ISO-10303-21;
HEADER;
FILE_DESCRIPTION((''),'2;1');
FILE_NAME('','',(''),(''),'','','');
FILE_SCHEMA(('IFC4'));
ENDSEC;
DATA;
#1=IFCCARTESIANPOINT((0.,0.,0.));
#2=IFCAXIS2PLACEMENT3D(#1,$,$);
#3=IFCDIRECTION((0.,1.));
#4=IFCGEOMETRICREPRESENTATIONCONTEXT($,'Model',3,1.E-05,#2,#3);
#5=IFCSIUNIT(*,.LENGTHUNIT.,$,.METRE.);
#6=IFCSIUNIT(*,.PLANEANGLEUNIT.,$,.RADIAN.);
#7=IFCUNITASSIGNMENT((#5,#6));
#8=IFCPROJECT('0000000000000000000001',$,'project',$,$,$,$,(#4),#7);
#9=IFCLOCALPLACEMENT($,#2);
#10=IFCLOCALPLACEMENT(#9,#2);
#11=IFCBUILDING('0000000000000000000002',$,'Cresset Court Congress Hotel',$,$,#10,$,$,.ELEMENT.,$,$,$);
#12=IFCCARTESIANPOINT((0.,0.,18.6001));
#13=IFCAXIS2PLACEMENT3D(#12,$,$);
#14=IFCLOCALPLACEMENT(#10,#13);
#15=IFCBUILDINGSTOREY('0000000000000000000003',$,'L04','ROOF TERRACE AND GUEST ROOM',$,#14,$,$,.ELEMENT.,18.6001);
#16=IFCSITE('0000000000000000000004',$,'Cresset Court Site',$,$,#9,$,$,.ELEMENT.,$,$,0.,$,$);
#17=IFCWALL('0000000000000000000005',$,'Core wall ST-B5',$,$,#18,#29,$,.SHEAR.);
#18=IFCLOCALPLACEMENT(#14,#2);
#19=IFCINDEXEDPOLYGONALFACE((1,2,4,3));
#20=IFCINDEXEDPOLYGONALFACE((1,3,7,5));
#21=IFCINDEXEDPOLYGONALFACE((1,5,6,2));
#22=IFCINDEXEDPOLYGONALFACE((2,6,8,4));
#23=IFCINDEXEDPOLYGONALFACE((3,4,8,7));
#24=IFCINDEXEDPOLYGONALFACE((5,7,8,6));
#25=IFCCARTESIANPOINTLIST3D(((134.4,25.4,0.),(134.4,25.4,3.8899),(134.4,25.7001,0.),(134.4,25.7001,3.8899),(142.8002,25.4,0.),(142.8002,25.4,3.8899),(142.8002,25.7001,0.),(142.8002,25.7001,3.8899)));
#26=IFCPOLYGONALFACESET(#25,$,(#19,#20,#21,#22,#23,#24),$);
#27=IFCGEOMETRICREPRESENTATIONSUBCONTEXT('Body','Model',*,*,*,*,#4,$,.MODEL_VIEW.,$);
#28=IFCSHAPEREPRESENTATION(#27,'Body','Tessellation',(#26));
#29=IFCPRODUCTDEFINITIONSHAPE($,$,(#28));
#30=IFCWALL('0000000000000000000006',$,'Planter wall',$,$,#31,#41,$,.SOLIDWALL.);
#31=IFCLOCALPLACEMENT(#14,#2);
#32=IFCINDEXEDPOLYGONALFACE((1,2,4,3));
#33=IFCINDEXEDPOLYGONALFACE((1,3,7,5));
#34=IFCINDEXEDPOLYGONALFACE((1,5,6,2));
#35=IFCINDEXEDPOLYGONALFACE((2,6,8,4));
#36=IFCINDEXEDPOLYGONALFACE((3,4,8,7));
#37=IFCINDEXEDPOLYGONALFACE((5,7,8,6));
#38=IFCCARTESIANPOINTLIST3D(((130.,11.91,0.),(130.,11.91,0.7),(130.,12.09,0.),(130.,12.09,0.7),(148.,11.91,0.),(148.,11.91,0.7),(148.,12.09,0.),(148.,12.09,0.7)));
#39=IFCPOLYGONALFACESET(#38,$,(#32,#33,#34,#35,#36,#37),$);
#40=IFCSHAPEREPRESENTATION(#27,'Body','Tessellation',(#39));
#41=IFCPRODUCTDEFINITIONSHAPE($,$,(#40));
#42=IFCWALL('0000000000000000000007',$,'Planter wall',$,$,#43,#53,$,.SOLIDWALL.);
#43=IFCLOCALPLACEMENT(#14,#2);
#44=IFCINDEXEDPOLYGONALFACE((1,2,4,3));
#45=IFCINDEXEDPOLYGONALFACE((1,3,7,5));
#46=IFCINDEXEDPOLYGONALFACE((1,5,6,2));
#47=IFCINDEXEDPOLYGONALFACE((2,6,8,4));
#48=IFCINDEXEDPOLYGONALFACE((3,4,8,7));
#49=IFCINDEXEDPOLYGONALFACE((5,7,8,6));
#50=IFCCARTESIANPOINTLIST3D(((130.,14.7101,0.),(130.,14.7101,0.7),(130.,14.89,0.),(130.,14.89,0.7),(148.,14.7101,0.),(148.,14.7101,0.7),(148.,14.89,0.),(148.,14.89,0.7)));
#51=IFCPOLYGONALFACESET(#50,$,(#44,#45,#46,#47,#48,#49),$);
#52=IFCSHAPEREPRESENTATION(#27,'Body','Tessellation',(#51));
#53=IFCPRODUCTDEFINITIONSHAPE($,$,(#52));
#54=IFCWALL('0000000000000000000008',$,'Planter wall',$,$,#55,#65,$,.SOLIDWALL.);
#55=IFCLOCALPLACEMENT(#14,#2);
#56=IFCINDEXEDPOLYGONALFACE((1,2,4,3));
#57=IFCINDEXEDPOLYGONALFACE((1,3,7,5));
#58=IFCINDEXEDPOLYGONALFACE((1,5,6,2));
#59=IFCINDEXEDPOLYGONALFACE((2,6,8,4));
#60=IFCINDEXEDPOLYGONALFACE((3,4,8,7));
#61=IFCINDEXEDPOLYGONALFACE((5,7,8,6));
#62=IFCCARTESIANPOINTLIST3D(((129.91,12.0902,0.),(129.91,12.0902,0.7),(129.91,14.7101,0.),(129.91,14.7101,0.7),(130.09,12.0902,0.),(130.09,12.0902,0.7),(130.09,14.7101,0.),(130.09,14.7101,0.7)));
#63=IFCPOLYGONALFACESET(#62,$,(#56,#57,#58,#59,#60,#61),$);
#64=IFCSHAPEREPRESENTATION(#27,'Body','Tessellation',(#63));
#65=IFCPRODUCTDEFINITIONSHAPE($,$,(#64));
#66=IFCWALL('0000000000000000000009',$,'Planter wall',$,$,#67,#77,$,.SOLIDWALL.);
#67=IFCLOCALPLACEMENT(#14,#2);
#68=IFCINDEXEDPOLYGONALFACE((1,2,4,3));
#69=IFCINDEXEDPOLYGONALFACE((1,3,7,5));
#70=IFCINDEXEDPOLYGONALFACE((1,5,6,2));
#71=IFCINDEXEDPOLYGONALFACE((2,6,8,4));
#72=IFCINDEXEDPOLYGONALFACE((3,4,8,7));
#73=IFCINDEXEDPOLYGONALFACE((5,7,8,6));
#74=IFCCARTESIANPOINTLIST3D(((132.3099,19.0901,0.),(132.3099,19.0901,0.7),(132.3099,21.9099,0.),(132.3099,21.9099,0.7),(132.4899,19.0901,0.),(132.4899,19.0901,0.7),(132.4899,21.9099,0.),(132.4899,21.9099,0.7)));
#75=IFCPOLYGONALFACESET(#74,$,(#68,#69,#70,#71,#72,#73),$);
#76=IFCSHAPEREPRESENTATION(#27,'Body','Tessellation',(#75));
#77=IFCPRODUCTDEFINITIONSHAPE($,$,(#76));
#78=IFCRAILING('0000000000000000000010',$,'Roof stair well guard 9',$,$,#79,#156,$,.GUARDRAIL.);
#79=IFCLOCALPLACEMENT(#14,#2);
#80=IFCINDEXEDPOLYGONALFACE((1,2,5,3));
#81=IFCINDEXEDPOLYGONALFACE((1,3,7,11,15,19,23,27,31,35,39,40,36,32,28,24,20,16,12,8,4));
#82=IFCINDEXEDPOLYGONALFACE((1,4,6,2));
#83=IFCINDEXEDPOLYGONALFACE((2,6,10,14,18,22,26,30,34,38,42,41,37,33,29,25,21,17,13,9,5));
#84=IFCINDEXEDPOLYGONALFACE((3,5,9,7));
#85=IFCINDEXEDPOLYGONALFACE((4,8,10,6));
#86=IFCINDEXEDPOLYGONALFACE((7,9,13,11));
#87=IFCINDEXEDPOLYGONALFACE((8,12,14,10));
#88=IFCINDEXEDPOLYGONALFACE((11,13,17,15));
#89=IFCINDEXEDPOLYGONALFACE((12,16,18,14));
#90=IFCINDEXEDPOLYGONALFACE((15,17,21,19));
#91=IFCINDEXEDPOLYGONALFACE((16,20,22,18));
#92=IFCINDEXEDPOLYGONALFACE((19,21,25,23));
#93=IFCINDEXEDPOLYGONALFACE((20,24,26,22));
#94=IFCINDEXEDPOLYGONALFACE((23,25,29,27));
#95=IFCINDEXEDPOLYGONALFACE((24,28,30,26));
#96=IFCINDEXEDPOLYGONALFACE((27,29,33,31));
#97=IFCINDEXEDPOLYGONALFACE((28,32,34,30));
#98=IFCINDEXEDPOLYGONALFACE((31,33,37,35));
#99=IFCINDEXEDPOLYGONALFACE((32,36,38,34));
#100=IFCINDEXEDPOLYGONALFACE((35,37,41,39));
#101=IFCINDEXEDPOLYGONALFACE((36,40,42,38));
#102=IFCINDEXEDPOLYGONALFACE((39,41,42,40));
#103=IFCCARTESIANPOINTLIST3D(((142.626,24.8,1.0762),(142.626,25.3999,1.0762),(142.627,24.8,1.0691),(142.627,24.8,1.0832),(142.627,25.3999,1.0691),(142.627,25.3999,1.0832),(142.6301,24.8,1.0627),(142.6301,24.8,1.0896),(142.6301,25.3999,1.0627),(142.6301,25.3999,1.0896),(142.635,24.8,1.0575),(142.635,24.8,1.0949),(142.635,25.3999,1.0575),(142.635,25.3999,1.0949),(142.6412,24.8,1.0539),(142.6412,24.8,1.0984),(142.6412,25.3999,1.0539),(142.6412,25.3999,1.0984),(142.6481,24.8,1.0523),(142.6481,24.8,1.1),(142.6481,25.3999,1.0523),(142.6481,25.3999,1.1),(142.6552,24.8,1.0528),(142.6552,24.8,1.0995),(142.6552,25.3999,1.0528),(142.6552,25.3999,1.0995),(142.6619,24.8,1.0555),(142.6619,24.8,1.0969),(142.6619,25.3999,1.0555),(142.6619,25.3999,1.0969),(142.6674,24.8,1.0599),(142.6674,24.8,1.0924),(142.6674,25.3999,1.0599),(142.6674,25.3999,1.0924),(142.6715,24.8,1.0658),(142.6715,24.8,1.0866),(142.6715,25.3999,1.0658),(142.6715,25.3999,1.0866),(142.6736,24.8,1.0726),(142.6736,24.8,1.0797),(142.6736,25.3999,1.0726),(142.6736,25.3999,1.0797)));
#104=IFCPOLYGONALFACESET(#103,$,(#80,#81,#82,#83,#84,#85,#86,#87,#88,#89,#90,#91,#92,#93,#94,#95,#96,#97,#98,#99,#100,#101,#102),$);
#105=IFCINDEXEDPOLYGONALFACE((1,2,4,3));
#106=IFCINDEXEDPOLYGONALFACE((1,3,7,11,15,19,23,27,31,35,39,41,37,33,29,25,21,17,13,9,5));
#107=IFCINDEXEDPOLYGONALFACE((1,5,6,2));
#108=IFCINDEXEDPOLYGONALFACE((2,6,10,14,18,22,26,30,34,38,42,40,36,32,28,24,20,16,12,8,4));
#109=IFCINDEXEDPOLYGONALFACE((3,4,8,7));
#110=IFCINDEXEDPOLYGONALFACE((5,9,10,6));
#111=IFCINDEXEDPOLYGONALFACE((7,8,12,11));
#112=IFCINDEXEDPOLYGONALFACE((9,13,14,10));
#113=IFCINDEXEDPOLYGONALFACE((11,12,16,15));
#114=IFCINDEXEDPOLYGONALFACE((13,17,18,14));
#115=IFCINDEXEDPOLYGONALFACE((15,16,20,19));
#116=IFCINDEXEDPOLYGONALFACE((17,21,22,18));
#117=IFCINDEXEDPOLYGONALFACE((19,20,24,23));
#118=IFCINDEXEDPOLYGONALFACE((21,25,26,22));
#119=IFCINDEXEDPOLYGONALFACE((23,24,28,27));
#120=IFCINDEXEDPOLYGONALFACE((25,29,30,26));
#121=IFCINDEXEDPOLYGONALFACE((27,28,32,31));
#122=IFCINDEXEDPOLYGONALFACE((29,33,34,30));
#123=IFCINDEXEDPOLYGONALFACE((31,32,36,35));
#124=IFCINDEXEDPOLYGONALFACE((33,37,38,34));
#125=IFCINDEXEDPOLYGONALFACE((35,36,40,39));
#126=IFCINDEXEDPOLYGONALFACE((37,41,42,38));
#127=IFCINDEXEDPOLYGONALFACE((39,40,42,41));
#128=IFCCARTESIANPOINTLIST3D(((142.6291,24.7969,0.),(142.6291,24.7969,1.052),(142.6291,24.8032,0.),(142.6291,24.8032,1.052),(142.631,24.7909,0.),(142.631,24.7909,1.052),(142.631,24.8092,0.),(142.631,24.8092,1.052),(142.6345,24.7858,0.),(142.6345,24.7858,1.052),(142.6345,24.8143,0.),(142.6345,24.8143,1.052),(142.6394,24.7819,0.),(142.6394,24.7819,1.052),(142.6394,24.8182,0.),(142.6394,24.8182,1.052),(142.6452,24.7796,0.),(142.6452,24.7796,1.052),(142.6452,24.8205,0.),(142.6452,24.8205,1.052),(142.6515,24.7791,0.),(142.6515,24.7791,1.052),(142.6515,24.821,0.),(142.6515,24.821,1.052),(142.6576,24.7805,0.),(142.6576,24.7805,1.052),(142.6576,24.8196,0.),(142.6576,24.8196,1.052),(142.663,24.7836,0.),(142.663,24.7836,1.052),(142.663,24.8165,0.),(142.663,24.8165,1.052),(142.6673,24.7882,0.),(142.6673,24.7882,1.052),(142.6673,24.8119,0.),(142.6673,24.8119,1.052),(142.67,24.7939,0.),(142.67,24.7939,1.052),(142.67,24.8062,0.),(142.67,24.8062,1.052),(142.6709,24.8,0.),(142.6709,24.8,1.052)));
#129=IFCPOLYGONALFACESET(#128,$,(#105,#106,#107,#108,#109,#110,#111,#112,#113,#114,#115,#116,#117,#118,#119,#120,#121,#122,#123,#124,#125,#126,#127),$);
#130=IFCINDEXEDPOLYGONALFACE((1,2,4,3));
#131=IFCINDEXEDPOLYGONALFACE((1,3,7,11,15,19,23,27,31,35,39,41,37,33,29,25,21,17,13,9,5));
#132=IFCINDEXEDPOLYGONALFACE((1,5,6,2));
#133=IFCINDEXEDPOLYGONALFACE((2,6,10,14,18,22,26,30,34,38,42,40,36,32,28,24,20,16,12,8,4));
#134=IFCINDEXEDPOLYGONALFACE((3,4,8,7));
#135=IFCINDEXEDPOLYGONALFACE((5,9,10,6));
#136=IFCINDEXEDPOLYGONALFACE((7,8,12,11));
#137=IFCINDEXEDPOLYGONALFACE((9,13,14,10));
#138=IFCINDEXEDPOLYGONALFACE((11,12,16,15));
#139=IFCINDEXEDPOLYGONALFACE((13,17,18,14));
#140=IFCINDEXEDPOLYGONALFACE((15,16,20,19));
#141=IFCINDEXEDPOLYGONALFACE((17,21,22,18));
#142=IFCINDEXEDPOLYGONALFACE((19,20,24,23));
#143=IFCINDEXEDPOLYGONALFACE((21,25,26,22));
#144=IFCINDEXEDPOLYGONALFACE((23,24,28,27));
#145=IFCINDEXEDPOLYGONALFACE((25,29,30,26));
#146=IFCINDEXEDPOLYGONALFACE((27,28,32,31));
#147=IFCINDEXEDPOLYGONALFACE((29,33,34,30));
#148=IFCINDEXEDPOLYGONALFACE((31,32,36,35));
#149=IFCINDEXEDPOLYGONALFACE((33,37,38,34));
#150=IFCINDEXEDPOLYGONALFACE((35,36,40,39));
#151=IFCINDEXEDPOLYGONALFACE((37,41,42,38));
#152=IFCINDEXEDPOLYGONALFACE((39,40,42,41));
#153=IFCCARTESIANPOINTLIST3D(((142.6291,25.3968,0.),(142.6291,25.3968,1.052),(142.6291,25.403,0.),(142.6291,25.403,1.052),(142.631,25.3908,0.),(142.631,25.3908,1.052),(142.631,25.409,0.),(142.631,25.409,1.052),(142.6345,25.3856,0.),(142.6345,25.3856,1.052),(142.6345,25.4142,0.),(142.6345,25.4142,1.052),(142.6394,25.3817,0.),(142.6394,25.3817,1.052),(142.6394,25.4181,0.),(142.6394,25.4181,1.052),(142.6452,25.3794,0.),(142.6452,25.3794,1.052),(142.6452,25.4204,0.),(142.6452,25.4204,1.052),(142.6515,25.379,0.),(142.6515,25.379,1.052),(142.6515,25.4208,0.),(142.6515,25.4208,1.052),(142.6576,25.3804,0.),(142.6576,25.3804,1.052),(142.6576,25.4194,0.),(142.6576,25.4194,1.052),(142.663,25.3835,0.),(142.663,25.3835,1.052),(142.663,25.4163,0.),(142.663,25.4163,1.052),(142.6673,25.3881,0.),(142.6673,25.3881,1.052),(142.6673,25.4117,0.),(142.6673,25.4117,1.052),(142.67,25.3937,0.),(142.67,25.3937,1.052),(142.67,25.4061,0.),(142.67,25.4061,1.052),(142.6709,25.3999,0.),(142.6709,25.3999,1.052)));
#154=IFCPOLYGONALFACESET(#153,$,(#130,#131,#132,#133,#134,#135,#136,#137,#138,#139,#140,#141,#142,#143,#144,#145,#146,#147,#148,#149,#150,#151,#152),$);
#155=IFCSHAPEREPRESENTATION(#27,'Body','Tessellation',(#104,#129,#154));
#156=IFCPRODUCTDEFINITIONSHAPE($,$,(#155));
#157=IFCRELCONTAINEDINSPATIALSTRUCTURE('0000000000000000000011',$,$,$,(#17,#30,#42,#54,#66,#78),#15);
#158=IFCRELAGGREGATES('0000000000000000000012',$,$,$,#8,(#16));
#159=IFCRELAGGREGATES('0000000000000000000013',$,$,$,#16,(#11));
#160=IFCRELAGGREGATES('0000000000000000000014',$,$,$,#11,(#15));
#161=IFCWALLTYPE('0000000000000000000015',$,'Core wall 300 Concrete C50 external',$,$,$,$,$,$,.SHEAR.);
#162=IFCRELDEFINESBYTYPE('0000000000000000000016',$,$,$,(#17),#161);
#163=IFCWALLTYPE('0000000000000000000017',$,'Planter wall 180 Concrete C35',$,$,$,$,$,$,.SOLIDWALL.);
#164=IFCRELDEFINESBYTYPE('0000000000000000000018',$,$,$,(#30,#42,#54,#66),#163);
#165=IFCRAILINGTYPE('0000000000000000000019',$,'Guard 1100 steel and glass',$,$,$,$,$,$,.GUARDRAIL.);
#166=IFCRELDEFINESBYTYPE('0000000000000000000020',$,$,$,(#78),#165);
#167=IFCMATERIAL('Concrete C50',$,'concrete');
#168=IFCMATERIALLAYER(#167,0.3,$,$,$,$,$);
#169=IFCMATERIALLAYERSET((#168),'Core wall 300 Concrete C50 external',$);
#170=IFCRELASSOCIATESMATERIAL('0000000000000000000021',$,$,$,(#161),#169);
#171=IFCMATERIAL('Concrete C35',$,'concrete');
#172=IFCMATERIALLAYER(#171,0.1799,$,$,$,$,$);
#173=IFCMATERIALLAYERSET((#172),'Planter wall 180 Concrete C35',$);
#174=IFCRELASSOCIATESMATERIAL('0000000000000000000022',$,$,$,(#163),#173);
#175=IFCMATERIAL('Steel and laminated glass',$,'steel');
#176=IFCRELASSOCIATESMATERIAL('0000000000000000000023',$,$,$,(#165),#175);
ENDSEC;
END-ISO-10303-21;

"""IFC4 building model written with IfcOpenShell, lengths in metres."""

from ifc_helpers import new_model, si_unit, direction, frame, frame_2d, origin, origin_2d, place, context, subcontext, project, spatial, rectangle, circle, extrude, material, layer, layer_set, type_object, element, save


model = new_model("IFC4")

# Units and contexts
model_context = context("Model", 3, precision=1e-05, world=origin(), true_north=direction((0.0, 1.0)))
body_context = subcontext(model_context, "Body", "Model", "MODEL_VIEW")
ifc_project = project(units=[si_unit("LENGTHUNIT", "METRE"), si_unit("PLANEANGLEUNIT", "RADIAN")], contexts=[model_context])

# Site, building, storey
site_placement = place(None, origin())
site = spatial("IfcSite", under=ifc_project, at=site_placement, Name="Cresset Court Site", CompositionType="ELEMENT", RefElevation=0.0)
building_placement = place(site_placement, origin())
building = spatial("IfcBuilding", under=site, at=building_placement, Name="Cresset Court Congress Hotel", CompositionType="ELEMENT")
storey_placement = place(building_placement, frame((0.0, 0.0, 18.6001)))
storey = spatial("IfcBuildingStorey", under=building, at=storey_placement, Name="L04", Description="ROOF TERRACE AND GUEST ROOM", CompositionType="ELEMENT", Elevation=18.6001)

# Walls
ifc_material_1 = material(Name="Concrete C50", Category="concrete")
ifc_layer_1 = layer(ifc_material_1, 0.3)
ifc_layer_set_1 = layer_set([ifc_layer_1], Name="Core wall 300 Concrete C50 external")
wall_type_1 = type_object("IfcWallType", Name="Core wall 300 Concrete C50 external", PredefinedType="SHEAR", material=ifc_layer_set_1)
wall_1_placement = place(storey_placement, frame((134.3999, 25.55, 0.0), z_axis=(0.0, 0.0, 1.0), x_axis=(1.0, 0.0, 0.0)))
element("IfcWall", 1, at=wall_1_placement, inside=storey, type_object=wall_type_1, Name="Core wall ST-B5", PredefinedType="SHEAR", context=body_context, shape_type="SweptSolid", body=[
    extrude(rectangle(XDim=8.4001, YDim=0.3, at=frame_2d((4.2002, 0.0))), origin(), (0.0, 0.0, 1.0), 3.8899),
])
ifc_material_2 = material(Name="Concrete C35", Category="concrete")
ifc_layer_2 = layer(ifc_material_2, 0.1799)
ifc_layer_set_2 = layer_set([ifc_layer_2], Name="Planter wall 180 Concrete C35")
wall_type_2 = type_object("IfcWallType", Name="Planter wall 180 Concrete C35", PredefinedType="SOLIDWALL", material=ifc_layer_set_2)
for number, where, z_axis, x_axis, name in (
    (2, (130.0, 12.0, 0.0), (0.0, 0.0, 1.0), (1.0, 0.0, 0.0), "Planter wall"),
    (3, (130.0, 14.8, 0.0), (0.0, 0.0, 1.0), (1.0, 0.0, 0.0), "Planter wall"),
):
    element("IfcWall", number, at=place(storey_placement, frame(where, z_axis=z_axis, x_axis=x_axis)), inside=storey, type_object=wall_type_2, Name=name, PredefinedType="SOLIDWALL", context=body_context, shape_type="SweptSolid", body=[
        extrude(rectangle(XDim=18.0, YDim=0.1799, at=frame_2d((9.0, 0.0))), origin(), (0.0, 0.0, 1.0), 0.7),
    ])
wall_2_placement = place(storey_placement, frame((130.0, 12.0901, 0.0), z_axis=(0.0, 0.0, 1.0), x_axis=(0.0, 1.0, 0.0)))
element("IfcWall", 4, at=wall_2_placement, inside=storey, type_object=wall_type_2, Name="Planter wall", PredefinedType="SOLIDWALL", context=body_context, shape_type="SweptSolid", body=[
    extrude(rectangle(XDim=2.6199, YDim=0.1799, at=frame_2d((1.3101, 0.0))), origin(), (0.0, 0.0, 1.0), 0.7),
])
wall_3_placement = place(storey_placement, frame((132.3999, 19.0901, 0.0), z_axis=(0.0, 0.0, 1.0), x_axis=(0.0, 1.0, 0.0)))
element("IfcWall", 5, at=wall_3_placement, inside=storey, type_object=wall_type_2, Name="Planter wall", PredefinedType="SOLIDWALL", context=body_context, shape_type="SweptSolid", body=[
    extrude(rectangle(XDim=2.8198, YDim=0.1799, at=frame_2d((1.4099, 0.0))), origin(), (0.0, 0.0, 1.0), 0.7),
])

# Railing
ifc_material_3 = material(Name="Steel and laminated glass", Category="steel")
railing_type_1 = type_object("IfcRailingType", Name="Guard 1100 steel and glass", PredefinedType="GUARDRAIL", material=ifc_material_3)
for number, where, name in (
    (6, (142.6499, 24.8, 0.0), "Roof stair well guard 9"),
):
    element("IfcRailing", number, at=place(storey_placement, frame(where)), inside=storey, type_object=railing_type_1, Name=name, PredefinedType="GUARDRAIL", context=body_context, shape_type="SweptSolid", body=[
        extrude(circle(Radius=0.0239, at=origin_2d()), frame((0.0, 0.0, 1.0762), z_axis=(0.0, 1.0, 0.0), x_axis=(-1.0, 0.0, 0.0)), (0.0, 0.0, 1.0), 0.5999),
        extrude(circle(Radius=0.021, at=origin_2d()), origin(), (0.0, 0.0, 1.0), 1.052),
        extrude(circle(Radius=0.021, at=origin_2d()), frame((0.0, 0.5999, 0.0)), (0.0, 0.0, 1.0), 1.052),
    ])

save(model, "model.ifc")
